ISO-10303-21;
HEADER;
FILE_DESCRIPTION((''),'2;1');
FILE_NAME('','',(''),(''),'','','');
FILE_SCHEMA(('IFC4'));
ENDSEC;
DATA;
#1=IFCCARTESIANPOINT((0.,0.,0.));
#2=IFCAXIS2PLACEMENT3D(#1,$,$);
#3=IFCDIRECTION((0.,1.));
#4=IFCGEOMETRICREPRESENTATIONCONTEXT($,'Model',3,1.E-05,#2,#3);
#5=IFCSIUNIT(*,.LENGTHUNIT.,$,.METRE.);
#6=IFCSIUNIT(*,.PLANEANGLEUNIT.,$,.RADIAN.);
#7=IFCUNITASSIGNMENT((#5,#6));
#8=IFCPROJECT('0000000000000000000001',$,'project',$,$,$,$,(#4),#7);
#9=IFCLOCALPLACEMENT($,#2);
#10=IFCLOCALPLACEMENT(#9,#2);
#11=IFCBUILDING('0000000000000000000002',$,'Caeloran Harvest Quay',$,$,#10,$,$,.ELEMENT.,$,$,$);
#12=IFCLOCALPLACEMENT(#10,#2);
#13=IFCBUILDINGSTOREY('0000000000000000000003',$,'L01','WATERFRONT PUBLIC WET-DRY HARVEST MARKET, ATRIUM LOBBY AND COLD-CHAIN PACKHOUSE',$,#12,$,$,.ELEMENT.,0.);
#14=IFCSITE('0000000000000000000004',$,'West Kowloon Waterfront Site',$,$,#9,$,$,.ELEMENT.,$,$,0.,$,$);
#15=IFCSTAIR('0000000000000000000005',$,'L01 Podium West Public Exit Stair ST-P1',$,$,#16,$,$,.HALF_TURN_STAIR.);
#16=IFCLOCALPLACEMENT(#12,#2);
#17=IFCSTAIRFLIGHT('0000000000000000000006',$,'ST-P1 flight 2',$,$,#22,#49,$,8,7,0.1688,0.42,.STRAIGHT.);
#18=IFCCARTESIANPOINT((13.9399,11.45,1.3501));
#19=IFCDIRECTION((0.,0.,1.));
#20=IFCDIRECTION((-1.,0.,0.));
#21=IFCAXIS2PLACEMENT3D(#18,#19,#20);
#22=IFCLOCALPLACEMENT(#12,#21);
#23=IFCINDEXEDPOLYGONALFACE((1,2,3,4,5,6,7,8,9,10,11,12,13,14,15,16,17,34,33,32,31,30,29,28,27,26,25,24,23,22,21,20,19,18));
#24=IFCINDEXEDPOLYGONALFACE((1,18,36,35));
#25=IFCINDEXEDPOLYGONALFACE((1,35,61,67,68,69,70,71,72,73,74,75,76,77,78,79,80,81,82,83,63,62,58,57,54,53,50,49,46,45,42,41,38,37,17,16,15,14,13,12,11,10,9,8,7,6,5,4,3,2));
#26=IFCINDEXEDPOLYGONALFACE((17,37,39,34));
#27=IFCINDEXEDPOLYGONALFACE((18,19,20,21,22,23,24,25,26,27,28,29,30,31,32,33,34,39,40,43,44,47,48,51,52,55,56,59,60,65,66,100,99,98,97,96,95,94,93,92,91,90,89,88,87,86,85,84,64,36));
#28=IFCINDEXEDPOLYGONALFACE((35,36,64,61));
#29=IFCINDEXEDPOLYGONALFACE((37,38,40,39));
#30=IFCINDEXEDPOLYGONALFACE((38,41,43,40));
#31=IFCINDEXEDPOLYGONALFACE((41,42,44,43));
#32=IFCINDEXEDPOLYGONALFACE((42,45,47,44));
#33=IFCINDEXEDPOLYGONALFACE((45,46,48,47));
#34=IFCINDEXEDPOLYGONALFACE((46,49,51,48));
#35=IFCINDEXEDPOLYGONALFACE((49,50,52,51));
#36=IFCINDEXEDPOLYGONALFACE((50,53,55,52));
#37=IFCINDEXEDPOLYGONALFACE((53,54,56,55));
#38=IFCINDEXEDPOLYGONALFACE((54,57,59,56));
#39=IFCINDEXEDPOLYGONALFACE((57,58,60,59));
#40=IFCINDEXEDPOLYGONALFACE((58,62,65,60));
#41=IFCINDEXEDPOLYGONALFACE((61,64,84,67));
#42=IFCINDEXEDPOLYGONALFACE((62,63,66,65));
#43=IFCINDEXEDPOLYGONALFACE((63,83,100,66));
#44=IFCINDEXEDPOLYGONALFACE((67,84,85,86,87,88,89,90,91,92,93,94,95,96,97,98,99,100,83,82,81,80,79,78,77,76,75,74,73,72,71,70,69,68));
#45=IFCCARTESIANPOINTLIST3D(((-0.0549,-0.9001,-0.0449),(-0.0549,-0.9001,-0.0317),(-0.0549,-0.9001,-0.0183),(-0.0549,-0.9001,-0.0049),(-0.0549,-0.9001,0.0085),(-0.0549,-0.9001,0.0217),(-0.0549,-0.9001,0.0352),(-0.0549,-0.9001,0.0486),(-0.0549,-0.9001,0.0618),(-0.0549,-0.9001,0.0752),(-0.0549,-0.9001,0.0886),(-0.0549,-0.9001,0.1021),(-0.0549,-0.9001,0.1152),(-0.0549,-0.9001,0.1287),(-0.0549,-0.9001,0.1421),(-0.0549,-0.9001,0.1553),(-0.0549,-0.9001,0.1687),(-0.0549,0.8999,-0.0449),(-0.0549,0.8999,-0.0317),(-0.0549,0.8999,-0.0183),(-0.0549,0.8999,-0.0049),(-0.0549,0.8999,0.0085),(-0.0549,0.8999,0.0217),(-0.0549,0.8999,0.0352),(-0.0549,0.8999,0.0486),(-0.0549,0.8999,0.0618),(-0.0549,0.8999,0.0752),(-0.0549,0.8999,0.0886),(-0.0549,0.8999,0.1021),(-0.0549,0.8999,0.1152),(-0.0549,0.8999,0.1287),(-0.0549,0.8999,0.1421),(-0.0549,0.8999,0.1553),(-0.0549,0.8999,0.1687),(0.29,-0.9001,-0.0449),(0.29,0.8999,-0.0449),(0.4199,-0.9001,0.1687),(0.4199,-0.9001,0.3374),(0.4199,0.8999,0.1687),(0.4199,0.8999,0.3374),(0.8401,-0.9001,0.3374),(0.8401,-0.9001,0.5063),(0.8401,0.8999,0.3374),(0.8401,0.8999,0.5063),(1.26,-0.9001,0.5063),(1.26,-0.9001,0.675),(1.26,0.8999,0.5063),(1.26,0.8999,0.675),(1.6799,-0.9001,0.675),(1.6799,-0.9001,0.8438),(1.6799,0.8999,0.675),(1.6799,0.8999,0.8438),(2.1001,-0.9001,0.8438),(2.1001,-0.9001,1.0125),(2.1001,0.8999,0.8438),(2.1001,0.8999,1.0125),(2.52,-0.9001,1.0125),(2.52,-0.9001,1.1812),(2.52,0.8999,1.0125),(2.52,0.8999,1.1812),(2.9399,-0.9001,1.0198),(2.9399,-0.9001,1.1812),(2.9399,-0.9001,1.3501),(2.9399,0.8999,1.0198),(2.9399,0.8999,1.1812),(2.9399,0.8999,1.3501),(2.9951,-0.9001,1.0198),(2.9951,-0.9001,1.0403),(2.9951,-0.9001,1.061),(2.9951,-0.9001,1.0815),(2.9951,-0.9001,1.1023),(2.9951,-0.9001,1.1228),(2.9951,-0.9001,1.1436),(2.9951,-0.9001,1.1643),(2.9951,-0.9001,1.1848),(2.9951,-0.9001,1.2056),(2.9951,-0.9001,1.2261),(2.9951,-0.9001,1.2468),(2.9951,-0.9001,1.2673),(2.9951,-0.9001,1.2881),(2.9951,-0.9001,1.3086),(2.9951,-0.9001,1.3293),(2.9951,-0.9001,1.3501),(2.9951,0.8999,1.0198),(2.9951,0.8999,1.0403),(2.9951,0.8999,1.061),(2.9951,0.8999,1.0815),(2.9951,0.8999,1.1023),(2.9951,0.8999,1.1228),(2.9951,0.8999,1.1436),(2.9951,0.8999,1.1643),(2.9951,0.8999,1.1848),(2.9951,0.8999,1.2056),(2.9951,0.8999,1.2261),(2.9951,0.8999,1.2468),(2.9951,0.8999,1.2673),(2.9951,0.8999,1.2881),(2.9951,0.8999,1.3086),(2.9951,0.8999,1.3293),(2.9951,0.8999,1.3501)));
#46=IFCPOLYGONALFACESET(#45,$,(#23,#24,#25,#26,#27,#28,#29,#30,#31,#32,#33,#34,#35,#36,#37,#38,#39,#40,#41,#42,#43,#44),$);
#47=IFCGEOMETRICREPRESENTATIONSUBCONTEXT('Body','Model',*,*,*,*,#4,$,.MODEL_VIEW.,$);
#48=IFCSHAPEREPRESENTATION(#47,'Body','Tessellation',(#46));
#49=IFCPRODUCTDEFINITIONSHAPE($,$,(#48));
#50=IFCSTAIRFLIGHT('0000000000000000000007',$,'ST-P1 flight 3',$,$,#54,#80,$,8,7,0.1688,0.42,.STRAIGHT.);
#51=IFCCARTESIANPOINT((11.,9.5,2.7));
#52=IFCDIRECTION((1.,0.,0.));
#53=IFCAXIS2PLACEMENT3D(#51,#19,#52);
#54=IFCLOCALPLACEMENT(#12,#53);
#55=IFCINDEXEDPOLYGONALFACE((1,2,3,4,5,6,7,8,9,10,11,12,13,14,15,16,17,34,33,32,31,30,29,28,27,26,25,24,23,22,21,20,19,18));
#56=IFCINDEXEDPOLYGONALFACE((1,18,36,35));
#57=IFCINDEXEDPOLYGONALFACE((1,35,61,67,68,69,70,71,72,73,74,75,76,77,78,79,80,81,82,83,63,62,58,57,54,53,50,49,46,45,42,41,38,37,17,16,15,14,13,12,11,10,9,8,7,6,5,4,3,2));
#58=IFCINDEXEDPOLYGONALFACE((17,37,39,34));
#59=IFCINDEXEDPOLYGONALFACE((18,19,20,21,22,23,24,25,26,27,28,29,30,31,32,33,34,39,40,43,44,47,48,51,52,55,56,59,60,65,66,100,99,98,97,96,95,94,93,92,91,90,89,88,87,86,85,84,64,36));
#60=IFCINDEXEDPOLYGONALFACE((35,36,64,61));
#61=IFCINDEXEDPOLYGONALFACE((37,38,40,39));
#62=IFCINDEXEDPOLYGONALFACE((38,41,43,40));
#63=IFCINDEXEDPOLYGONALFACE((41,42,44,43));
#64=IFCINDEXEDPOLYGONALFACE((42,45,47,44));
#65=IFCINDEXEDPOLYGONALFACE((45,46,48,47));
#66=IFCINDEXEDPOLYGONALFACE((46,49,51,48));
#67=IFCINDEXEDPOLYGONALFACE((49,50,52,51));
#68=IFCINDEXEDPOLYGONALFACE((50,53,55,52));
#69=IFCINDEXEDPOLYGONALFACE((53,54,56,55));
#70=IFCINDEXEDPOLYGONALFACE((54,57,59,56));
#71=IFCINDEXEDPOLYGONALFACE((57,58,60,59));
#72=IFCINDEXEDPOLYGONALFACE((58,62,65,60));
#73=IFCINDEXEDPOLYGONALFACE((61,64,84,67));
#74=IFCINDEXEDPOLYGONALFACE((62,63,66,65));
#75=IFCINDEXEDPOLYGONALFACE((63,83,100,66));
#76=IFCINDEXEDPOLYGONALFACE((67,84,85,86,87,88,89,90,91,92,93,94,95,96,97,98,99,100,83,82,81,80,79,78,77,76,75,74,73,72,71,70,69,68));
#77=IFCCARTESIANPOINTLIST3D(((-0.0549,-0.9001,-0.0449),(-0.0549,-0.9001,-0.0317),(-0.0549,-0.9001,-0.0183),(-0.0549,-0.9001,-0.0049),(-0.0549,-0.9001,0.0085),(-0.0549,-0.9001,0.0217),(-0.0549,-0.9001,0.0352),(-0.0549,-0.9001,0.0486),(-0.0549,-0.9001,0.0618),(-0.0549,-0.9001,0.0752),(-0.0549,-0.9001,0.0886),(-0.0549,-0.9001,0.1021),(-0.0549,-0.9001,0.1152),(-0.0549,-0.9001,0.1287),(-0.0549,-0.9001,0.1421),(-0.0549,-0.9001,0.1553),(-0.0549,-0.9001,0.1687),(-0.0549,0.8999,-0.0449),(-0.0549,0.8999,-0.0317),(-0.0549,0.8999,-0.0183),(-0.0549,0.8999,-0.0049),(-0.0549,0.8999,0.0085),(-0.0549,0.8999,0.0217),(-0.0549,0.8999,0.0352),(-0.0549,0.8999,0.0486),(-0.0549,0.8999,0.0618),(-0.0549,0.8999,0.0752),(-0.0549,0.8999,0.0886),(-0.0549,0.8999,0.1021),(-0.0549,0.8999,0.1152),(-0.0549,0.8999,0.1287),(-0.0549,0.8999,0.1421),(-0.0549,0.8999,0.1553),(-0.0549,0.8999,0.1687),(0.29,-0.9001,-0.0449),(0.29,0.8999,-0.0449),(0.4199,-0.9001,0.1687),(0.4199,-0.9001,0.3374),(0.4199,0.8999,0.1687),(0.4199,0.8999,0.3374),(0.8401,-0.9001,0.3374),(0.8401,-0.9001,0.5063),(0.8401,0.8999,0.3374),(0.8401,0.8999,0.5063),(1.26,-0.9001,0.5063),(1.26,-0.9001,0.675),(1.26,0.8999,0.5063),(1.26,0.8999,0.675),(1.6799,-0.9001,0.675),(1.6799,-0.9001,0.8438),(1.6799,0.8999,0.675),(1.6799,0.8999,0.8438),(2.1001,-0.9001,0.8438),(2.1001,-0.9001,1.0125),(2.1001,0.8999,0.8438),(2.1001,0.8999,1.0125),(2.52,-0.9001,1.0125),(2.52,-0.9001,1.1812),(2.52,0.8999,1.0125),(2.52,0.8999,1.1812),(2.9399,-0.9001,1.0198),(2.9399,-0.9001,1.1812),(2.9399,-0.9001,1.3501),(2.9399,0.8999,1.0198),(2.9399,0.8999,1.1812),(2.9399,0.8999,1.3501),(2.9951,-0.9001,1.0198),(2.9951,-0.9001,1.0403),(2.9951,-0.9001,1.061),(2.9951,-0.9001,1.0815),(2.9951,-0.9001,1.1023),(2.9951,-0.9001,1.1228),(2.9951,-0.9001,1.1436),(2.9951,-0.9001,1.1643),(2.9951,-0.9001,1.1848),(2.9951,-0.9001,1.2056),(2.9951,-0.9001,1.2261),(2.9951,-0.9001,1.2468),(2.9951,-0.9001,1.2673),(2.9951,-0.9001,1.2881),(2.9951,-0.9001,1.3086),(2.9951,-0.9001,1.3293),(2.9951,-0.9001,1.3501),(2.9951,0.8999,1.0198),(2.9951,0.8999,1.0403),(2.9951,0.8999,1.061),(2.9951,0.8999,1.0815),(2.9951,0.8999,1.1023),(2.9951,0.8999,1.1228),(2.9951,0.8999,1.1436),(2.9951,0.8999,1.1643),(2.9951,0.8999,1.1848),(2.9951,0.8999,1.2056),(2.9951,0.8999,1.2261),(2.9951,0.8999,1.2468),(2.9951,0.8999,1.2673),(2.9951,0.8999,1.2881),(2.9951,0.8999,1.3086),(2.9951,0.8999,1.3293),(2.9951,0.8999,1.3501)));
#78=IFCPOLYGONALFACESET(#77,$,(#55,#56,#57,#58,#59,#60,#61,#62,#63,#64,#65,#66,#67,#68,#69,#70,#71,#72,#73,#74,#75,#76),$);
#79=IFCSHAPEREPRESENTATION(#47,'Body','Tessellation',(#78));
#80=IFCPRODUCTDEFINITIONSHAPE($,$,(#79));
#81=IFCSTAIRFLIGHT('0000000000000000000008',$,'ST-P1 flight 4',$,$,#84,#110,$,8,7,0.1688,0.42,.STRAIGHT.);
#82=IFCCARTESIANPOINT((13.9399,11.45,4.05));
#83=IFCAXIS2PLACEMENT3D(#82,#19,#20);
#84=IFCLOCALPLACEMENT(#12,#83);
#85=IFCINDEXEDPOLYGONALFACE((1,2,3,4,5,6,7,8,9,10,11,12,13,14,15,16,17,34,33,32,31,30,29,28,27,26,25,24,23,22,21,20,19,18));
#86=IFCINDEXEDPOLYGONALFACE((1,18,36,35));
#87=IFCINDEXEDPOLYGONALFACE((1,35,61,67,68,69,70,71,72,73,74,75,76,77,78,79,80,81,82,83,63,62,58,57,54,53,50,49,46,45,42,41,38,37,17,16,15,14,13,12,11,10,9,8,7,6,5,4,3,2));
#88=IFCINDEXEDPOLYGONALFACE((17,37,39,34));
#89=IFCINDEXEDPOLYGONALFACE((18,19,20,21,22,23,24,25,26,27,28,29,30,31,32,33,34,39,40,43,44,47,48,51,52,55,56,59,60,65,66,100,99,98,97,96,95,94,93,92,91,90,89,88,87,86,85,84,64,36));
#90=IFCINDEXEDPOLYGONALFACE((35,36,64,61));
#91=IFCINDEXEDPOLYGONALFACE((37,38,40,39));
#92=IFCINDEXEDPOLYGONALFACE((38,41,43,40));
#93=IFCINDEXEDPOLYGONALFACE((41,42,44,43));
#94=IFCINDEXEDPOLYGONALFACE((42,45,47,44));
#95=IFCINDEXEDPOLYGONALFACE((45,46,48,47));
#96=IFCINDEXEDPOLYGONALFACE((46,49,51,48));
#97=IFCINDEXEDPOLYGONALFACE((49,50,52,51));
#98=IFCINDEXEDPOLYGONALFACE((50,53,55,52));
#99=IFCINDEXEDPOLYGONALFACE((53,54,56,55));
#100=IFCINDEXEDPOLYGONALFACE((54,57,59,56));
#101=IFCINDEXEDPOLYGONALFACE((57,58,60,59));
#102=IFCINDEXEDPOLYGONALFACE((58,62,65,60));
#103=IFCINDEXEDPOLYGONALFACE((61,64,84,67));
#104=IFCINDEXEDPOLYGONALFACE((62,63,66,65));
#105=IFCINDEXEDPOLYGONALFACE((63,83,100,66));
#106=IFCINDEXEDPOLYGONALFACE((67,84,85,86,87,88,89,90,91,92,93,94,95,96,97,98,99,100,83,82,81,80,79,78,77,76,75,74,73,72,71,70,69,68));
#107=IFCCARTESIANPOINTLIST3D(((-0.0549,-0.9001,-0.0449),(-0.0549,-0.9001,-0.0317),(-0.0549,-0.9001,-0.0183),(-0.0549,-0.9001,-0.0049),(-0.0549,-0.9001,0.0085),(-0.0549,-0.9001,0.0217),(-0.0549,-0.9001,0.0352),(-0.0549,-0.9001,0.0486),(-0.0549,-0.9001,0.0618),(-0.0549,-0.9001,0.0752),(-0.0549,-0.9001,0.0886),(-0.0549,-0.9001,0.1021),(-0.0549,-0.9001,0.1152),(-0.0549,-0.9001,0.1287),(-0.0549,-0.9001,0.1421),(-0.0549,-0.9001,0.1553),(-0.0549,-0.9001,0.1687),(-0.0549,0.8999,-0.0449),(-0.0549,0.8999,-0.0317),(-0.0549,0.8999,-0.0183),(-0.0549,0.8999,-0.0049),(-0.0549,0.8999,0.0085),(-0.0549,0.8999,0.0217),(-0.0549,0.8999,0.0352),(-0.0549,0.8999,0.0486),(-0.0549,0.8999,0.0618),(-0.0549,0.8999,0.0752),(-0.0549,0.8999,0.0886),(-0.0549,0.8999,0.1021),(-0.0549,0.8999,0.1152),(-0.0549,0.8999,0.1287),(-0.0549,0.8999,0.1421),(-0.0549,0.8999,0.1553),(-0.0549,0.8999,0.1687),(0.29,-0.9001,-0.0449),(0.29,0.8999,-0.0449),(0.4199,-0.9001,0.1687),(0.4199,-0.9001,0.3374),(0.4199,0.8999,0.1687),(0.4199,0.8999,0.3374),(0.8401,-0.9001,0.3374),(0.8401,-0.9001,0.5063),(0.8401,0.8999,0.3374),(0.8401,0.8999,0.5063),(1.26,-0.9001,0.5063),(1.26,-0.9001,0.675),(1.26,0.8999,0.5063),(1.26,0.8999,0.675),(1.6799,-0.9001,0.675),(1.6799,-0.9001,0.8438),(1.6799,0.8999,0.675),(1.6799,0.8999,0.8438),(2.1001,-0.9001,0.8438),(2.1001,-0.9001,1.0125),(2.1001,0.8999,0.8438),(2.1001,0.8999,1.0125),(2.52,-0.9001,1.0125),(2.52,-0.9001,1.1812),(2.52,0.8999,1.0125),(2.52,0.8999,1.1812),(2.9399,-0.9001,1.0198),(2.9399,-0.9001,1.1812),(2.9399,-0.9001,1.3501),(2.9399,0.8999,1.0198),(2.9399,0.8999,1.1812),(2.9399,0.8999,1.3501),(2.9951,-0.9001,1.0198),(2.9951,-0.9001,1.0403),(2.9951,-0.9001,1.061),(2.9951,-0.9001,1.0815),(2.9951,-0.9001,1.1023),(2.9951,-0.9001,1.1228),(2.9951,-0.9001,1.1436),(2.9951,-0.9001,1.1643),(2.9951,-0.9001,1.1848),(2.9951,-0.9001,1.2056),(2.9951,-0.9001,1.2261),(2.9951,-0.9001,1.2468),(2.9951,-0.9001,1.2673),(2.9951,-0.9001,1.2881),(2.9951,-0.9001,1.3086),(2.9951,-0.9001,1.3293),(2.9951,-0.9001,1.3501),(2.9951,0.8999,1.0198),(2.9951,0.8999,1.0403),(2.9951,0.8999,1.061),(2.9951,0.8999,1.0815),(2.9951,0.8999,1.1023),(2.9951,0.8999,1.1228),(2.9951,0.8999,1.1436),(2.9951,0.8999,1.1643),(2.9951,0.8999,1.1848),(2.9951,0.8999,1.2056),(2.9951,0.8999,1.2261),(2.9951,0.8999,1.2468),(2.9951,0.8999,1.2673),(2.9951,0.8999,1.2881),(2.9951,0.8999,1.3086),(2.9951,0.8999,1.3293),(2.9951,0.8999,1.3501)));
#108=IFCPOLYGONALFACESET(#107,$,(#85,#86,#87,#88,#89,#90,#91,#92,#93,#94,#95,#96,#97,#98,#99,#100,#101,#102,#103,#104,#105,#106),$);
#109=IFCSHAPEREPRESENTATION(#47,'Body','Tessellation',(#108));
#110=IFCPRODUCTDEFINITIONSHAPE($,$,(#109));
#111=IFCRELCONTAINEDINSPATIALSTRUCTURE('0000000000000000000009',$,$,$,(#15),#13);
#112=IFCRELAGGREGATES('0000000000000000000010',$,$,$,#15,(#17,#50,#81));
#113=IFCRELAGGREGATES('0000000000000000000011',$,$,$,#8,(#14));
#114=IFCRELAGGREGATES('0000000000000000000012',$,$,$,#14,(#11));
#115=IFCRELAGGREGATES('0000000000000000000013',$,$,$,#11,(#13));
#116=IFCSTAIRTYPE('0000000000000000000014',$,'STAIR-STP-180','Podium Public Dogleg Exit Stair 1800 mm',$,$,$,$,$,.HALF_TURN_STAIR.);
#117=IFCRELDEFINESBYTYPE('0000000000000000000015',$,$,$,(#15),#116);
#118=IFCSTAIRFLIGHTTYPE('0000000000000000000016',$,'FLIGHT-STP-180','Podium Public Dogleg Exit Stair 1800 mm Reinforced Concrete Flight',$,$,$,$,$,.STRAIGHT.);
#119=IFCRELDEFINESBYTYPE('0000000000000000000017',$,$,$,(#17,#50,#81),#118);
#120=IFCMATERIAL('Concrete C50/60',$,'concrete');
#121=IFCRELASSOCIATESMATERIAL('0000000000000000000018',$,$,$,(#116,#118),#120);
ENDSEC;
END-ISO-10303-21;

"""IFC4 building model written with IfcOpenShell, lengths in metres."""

from ifc_helpers import new_model, si_unit, direction, frame, origin, place, context, subcontext, project, spatial, polyline, outline, extrude, material, type_object, element, aggregate, save


model = new_model("IFC4")

# Units and contexts
model_context = context("Model", 3, precision=1e-05, world=origin(), true_north=direction((0.0, 1.0)))
body_context = subcontext(model_context, "Body", "Model", "MODEL_VIEW")
ifc_project = project(units=[si_unit("LENGTHUNIT", "METRE"), si_unit("PLANEANGLEUNIT", "RADIAN")], contexts=[model_context])

# Site, building, storey
site_placement = place(None, origin())
site = spatial("IfcSite", under=ifc_project, at=site_placement, Name="West Kowloon Waterfront Site", CompositionType="ELEMENT", RefElevation=0.0)
building_placement = place(site_placement, origin())
building = spatial("IfcBuilding", under=site, at=building_placement, Name="Caeloran Harvest Quay", CompositionType="ELEMENT")
storey_placement = place(building_placement, origin())
storey = spatial("IfcBuildingStorey", under=building, at=storey_placement, Name="L01", Description="WATERFRONT PUBLIC WET-DRY HARVEST MARKET, ATRIUM LOBBY AND COLD-CHAIN PACKHOUSE", CompositionType="ELEMENT", Elevation=0.0)

# Stair, stair flights
ifc_material_1 = material(Name="Concrete C50/60", Category="concrete")
stair_type = type_object("IfcStairType", Name="STAIR-STP-180", Description="Podium Public Dogleg Exit Stair 1800 mm", PredefinedType="HALF_TURN_STAIR", material=ifc_material_1)
stair_placement = place(storey_placement, origin())
stair = element("IfcStair", 1, at=stair_placement, inside=storey, type_object=stair_type, Name="L01 Podium West Public Exit Stair ST-P1", PredefinedType="HALF_TURN_STAIR")
stair_flight_type = type_object("IfcStairFlightType", Name="FLIGHT-STP-180", Description="Podium Public Dogleg Exit Stair 1800 mm Reinforced Concrete Flight", PredefinedType="STRAIGHT", material=ifc_material_1)
stair_flight_1_placement = place(storey_placement, frame((13.9399, 11.45, 1.3501), z_axis=(0.0, 0.0, 1.0), x_axis=(-1.0, 0.0, 0.0)))
stair_flight_1 = element("IfcStairFlight", 2, at=stair_flight_1_placement, type_object=stair_flight_type, Name="ST-P1 flight 2", NumberOfRisers=8, NumberOfTreads=7, PredefinedType="STRAIGHT", RiserHeight=0.1688, TreadLength=0.42, context=body_context, shape_type="SweptSolid", body=[
    extrude(outline(polyline([(-0.0549, -0.0449), (-0.0549, -0.0317), (-0.0549, -0.0183), (-0.0549, -0.0049), (-0.0549, 0.0085), (-0.0549, 0.0217), (-0.0549, 0.0352), (-0.0549, 0.0486), (-0.0549, 0.0618), (-0.0549, 0.0752), (-0.0549, 0.0886), (-0.0549, 0.1021), (-0.0549, 0.1152), (-0.0549, 0.1287), (-0.0549, 0.1421), (-0.0549, 0.1553), (-0.0549, 0.1687), (0.4199, 0.1687), (0.4199, 0.3374), (0.8401, 0.3374), (0.8401, 0.5063), (1.26, 0.5063), (1.26, 0.675), (1.6799, 0.675), (1.6799, 0.8438), (2.1001, 0.8438), (2.1001, 1.0125), (2.52, 1.0125), (2.52, 1.1812), (2.9399, 1.1812), (2.9399, 1.3501), (2.9951, 1.3501), (2.9951, 1.3293), (2.9951, 1.3086), (2.9951, 1.2881), (2.9951, 1.2673), (2.9951, 1.2468), (2.9951, 1.2261), (2.9951, 1.2056), (2.9951, 1.1848), (2.9951, 1.1643), (2.9951, 1.1436), (2.9951, 1.1228), (2.9951, 1.1023), (2.9951, 1.0815), (2.9951, 1.061), (2.9951, 1.0403), (2.9951, 1.0198), (2.9399, 1.0198), (0.29, -0.0449), (-0.0549, -0.0449)])), frame((0.0, 0.8999, 0.0), z_axis=(0.0, -1.0, 0.0), x_axis=(1.0, 0.0, 0.0)), (0.0, 0.0, 1.0), 1.8),
])
stair_flight_2_placement = place(storey_placement, frame((11.0, 9.5, 2.7), z_axis=(0.0, 0.0, 1.0), x_axis=(1.0, 0.0, 0.0)))
stair_flight_2 = element("IfcStairFlight", 3, at=stair_flight_2_placement, type_object=stair_flight_type, Name="ST-P1 flight 3", NumberOfRisers=8, NumberOfTreads=7, PredefinedType="STRAIGHT", RiserHeight=0.1688, TreadLength=0.42, context=body_context, shape_type="SweptSolid", body=[
    extrude(outline(polyline([(-0.0549, -0.0449), (-0.0549, -0.0317), (-0.0549, -0.0183), (-0.0549, -0.0049), (-0.0549, 0.0085), (-0.0549, 0.0217), (-0.0549, 0.0352), (-0.0549, 0.0486), (-0.0549, 0.0618), (-0.0549, 0.0752), (-0.0549, 0.0886), (-0.0549, 0.1021), (-0.0549, 0.1152), (-0.0549, 0.1287), (-0.0549, 0.1421), (-0.0549, 0.1553), (-0.0549, 0.1687), (0.4199, 0.1687), (0.4199, 0.3374), (0.8401, 0.3374), (0.8401, 0.5063), (1.26, 0.5063), (1.26, 0.675), (1.6799, 0.675), (1.6799, 0.8438), (2.1001, 0.8438), (2.1001, 1.0125), (2.52, 1.0125), (2.52, 1.1812), (2.9399, 1.1812), (2.9399, 1.3501), (2.9951, 1.3501), (2.9951, 1.3293), (2.9951, 1.3086), (2.9951, 1.2881), (2.9951, 1.2673), (2.9951, 1.2468), (2.9951, 1.2261), (2.9951, 1.2056), (2.9951, 1.1848), (2.9951, 1.1643), (2.9951, 1.1436), (2.9951, 1.1228), (2.9951, 1.1023), (2.9951, 1.0815), (2.9951, 1.061), (2.9951, 1.0403), (2.9951, 1.0198), (2.9399, 1.0198), (0.29, -0.0449), (-0.0549, -0.0449)])), frame((0.0, 0.8999, 0.0), z_axis=(0.0, -1.0, 0.0), x_axis=(1.0, 0.0, 0.0)), (0.0, 0.0, 1.0), 1.8),
])
stair_flight_3_placement = place(storey_placement, frame((13.9399, 11.45, 4.05), z_axis=(0.0, 0.0, 1.0), x_axis=(-1.0, 0.0, 0.0)))
stair_flight_3 = element("IfcStairFlight", 4, at=stair_flight_3_placement, type_object=stair_flight_type, Name="ST-P1 flight 4", NumberOfRisers=8, NumberOfTreads=7, PredefinedType="STRAIGHT", RiserHeight=0.1688, TreadLength=0.42, context=body_context, shape_type="SweptSolid", body=[
    extrude(outline(polyline([(-0.0549, -0.0449), (-0.0549, -0.0317), (-0.0549, -0.0183), (-0.0549, -0.0049), (-0.0549, 0.0085), (-0.0549, 0.0217), (-0.0549, 0.0352), (-0.0549, 0.0486), (-0.0549, 0.0618), (-0.0549, 0.0752), (-0.0549, 0.0886), (-0.0549, 0.1021), (-0.0549, 0.1152), (-0.0549, 0.1287), (-0.0549, 0.1421), (-0.0549, 0.1553), (-0.0549, 0.1687), (0.4199, 0.1687), (0.4199, 0.3374), (0.8401, 0.3374), (0.8401, 0.5063), (1.26, 0.5063), (1.26, 0.675), (1.6799, 0.675), (1.6799, 0.8438), (2.1001, 0.8438), (2.1001, 1.0125), (2.52, 1.0125), (2.52, 1.1812), (2.9399, 1.1812), (2.9399, 1.3501), (2.9951, 1.3501), (2.9951, 1.3293), (2.9951, 1.3086), (2.9951, 1.2881), (2.9951, 1.2673), (2.9951, 1.2468), (2.9951, 1.2261), (2.9951, 1.2056), (2.9951, 1.1848), (2.9951, 1.1643), (2.9951, 1.1436), (2.9951, 1.1228), (2.9951, 1.1023), (2.9951, 1.0815), (2.9951, 1.061), (2.9951, 1.0403), (2.9951, 1.0198), (2.9399, 1.0198), (0.29, -0.0449), (-0.0549, -0.0449)])), frame((0.0, 0.8999, 0.0), z_axis=(0.0, -1.0, 0.0), x_axis=(1.0, 0.0, 0.0)), (0.0, 0.0, 1.0), 1.8),
])
aggregate(stair, [stair_flight_1, stair_flight_2, stair_flight_3])

save(model, "model.ifc")
